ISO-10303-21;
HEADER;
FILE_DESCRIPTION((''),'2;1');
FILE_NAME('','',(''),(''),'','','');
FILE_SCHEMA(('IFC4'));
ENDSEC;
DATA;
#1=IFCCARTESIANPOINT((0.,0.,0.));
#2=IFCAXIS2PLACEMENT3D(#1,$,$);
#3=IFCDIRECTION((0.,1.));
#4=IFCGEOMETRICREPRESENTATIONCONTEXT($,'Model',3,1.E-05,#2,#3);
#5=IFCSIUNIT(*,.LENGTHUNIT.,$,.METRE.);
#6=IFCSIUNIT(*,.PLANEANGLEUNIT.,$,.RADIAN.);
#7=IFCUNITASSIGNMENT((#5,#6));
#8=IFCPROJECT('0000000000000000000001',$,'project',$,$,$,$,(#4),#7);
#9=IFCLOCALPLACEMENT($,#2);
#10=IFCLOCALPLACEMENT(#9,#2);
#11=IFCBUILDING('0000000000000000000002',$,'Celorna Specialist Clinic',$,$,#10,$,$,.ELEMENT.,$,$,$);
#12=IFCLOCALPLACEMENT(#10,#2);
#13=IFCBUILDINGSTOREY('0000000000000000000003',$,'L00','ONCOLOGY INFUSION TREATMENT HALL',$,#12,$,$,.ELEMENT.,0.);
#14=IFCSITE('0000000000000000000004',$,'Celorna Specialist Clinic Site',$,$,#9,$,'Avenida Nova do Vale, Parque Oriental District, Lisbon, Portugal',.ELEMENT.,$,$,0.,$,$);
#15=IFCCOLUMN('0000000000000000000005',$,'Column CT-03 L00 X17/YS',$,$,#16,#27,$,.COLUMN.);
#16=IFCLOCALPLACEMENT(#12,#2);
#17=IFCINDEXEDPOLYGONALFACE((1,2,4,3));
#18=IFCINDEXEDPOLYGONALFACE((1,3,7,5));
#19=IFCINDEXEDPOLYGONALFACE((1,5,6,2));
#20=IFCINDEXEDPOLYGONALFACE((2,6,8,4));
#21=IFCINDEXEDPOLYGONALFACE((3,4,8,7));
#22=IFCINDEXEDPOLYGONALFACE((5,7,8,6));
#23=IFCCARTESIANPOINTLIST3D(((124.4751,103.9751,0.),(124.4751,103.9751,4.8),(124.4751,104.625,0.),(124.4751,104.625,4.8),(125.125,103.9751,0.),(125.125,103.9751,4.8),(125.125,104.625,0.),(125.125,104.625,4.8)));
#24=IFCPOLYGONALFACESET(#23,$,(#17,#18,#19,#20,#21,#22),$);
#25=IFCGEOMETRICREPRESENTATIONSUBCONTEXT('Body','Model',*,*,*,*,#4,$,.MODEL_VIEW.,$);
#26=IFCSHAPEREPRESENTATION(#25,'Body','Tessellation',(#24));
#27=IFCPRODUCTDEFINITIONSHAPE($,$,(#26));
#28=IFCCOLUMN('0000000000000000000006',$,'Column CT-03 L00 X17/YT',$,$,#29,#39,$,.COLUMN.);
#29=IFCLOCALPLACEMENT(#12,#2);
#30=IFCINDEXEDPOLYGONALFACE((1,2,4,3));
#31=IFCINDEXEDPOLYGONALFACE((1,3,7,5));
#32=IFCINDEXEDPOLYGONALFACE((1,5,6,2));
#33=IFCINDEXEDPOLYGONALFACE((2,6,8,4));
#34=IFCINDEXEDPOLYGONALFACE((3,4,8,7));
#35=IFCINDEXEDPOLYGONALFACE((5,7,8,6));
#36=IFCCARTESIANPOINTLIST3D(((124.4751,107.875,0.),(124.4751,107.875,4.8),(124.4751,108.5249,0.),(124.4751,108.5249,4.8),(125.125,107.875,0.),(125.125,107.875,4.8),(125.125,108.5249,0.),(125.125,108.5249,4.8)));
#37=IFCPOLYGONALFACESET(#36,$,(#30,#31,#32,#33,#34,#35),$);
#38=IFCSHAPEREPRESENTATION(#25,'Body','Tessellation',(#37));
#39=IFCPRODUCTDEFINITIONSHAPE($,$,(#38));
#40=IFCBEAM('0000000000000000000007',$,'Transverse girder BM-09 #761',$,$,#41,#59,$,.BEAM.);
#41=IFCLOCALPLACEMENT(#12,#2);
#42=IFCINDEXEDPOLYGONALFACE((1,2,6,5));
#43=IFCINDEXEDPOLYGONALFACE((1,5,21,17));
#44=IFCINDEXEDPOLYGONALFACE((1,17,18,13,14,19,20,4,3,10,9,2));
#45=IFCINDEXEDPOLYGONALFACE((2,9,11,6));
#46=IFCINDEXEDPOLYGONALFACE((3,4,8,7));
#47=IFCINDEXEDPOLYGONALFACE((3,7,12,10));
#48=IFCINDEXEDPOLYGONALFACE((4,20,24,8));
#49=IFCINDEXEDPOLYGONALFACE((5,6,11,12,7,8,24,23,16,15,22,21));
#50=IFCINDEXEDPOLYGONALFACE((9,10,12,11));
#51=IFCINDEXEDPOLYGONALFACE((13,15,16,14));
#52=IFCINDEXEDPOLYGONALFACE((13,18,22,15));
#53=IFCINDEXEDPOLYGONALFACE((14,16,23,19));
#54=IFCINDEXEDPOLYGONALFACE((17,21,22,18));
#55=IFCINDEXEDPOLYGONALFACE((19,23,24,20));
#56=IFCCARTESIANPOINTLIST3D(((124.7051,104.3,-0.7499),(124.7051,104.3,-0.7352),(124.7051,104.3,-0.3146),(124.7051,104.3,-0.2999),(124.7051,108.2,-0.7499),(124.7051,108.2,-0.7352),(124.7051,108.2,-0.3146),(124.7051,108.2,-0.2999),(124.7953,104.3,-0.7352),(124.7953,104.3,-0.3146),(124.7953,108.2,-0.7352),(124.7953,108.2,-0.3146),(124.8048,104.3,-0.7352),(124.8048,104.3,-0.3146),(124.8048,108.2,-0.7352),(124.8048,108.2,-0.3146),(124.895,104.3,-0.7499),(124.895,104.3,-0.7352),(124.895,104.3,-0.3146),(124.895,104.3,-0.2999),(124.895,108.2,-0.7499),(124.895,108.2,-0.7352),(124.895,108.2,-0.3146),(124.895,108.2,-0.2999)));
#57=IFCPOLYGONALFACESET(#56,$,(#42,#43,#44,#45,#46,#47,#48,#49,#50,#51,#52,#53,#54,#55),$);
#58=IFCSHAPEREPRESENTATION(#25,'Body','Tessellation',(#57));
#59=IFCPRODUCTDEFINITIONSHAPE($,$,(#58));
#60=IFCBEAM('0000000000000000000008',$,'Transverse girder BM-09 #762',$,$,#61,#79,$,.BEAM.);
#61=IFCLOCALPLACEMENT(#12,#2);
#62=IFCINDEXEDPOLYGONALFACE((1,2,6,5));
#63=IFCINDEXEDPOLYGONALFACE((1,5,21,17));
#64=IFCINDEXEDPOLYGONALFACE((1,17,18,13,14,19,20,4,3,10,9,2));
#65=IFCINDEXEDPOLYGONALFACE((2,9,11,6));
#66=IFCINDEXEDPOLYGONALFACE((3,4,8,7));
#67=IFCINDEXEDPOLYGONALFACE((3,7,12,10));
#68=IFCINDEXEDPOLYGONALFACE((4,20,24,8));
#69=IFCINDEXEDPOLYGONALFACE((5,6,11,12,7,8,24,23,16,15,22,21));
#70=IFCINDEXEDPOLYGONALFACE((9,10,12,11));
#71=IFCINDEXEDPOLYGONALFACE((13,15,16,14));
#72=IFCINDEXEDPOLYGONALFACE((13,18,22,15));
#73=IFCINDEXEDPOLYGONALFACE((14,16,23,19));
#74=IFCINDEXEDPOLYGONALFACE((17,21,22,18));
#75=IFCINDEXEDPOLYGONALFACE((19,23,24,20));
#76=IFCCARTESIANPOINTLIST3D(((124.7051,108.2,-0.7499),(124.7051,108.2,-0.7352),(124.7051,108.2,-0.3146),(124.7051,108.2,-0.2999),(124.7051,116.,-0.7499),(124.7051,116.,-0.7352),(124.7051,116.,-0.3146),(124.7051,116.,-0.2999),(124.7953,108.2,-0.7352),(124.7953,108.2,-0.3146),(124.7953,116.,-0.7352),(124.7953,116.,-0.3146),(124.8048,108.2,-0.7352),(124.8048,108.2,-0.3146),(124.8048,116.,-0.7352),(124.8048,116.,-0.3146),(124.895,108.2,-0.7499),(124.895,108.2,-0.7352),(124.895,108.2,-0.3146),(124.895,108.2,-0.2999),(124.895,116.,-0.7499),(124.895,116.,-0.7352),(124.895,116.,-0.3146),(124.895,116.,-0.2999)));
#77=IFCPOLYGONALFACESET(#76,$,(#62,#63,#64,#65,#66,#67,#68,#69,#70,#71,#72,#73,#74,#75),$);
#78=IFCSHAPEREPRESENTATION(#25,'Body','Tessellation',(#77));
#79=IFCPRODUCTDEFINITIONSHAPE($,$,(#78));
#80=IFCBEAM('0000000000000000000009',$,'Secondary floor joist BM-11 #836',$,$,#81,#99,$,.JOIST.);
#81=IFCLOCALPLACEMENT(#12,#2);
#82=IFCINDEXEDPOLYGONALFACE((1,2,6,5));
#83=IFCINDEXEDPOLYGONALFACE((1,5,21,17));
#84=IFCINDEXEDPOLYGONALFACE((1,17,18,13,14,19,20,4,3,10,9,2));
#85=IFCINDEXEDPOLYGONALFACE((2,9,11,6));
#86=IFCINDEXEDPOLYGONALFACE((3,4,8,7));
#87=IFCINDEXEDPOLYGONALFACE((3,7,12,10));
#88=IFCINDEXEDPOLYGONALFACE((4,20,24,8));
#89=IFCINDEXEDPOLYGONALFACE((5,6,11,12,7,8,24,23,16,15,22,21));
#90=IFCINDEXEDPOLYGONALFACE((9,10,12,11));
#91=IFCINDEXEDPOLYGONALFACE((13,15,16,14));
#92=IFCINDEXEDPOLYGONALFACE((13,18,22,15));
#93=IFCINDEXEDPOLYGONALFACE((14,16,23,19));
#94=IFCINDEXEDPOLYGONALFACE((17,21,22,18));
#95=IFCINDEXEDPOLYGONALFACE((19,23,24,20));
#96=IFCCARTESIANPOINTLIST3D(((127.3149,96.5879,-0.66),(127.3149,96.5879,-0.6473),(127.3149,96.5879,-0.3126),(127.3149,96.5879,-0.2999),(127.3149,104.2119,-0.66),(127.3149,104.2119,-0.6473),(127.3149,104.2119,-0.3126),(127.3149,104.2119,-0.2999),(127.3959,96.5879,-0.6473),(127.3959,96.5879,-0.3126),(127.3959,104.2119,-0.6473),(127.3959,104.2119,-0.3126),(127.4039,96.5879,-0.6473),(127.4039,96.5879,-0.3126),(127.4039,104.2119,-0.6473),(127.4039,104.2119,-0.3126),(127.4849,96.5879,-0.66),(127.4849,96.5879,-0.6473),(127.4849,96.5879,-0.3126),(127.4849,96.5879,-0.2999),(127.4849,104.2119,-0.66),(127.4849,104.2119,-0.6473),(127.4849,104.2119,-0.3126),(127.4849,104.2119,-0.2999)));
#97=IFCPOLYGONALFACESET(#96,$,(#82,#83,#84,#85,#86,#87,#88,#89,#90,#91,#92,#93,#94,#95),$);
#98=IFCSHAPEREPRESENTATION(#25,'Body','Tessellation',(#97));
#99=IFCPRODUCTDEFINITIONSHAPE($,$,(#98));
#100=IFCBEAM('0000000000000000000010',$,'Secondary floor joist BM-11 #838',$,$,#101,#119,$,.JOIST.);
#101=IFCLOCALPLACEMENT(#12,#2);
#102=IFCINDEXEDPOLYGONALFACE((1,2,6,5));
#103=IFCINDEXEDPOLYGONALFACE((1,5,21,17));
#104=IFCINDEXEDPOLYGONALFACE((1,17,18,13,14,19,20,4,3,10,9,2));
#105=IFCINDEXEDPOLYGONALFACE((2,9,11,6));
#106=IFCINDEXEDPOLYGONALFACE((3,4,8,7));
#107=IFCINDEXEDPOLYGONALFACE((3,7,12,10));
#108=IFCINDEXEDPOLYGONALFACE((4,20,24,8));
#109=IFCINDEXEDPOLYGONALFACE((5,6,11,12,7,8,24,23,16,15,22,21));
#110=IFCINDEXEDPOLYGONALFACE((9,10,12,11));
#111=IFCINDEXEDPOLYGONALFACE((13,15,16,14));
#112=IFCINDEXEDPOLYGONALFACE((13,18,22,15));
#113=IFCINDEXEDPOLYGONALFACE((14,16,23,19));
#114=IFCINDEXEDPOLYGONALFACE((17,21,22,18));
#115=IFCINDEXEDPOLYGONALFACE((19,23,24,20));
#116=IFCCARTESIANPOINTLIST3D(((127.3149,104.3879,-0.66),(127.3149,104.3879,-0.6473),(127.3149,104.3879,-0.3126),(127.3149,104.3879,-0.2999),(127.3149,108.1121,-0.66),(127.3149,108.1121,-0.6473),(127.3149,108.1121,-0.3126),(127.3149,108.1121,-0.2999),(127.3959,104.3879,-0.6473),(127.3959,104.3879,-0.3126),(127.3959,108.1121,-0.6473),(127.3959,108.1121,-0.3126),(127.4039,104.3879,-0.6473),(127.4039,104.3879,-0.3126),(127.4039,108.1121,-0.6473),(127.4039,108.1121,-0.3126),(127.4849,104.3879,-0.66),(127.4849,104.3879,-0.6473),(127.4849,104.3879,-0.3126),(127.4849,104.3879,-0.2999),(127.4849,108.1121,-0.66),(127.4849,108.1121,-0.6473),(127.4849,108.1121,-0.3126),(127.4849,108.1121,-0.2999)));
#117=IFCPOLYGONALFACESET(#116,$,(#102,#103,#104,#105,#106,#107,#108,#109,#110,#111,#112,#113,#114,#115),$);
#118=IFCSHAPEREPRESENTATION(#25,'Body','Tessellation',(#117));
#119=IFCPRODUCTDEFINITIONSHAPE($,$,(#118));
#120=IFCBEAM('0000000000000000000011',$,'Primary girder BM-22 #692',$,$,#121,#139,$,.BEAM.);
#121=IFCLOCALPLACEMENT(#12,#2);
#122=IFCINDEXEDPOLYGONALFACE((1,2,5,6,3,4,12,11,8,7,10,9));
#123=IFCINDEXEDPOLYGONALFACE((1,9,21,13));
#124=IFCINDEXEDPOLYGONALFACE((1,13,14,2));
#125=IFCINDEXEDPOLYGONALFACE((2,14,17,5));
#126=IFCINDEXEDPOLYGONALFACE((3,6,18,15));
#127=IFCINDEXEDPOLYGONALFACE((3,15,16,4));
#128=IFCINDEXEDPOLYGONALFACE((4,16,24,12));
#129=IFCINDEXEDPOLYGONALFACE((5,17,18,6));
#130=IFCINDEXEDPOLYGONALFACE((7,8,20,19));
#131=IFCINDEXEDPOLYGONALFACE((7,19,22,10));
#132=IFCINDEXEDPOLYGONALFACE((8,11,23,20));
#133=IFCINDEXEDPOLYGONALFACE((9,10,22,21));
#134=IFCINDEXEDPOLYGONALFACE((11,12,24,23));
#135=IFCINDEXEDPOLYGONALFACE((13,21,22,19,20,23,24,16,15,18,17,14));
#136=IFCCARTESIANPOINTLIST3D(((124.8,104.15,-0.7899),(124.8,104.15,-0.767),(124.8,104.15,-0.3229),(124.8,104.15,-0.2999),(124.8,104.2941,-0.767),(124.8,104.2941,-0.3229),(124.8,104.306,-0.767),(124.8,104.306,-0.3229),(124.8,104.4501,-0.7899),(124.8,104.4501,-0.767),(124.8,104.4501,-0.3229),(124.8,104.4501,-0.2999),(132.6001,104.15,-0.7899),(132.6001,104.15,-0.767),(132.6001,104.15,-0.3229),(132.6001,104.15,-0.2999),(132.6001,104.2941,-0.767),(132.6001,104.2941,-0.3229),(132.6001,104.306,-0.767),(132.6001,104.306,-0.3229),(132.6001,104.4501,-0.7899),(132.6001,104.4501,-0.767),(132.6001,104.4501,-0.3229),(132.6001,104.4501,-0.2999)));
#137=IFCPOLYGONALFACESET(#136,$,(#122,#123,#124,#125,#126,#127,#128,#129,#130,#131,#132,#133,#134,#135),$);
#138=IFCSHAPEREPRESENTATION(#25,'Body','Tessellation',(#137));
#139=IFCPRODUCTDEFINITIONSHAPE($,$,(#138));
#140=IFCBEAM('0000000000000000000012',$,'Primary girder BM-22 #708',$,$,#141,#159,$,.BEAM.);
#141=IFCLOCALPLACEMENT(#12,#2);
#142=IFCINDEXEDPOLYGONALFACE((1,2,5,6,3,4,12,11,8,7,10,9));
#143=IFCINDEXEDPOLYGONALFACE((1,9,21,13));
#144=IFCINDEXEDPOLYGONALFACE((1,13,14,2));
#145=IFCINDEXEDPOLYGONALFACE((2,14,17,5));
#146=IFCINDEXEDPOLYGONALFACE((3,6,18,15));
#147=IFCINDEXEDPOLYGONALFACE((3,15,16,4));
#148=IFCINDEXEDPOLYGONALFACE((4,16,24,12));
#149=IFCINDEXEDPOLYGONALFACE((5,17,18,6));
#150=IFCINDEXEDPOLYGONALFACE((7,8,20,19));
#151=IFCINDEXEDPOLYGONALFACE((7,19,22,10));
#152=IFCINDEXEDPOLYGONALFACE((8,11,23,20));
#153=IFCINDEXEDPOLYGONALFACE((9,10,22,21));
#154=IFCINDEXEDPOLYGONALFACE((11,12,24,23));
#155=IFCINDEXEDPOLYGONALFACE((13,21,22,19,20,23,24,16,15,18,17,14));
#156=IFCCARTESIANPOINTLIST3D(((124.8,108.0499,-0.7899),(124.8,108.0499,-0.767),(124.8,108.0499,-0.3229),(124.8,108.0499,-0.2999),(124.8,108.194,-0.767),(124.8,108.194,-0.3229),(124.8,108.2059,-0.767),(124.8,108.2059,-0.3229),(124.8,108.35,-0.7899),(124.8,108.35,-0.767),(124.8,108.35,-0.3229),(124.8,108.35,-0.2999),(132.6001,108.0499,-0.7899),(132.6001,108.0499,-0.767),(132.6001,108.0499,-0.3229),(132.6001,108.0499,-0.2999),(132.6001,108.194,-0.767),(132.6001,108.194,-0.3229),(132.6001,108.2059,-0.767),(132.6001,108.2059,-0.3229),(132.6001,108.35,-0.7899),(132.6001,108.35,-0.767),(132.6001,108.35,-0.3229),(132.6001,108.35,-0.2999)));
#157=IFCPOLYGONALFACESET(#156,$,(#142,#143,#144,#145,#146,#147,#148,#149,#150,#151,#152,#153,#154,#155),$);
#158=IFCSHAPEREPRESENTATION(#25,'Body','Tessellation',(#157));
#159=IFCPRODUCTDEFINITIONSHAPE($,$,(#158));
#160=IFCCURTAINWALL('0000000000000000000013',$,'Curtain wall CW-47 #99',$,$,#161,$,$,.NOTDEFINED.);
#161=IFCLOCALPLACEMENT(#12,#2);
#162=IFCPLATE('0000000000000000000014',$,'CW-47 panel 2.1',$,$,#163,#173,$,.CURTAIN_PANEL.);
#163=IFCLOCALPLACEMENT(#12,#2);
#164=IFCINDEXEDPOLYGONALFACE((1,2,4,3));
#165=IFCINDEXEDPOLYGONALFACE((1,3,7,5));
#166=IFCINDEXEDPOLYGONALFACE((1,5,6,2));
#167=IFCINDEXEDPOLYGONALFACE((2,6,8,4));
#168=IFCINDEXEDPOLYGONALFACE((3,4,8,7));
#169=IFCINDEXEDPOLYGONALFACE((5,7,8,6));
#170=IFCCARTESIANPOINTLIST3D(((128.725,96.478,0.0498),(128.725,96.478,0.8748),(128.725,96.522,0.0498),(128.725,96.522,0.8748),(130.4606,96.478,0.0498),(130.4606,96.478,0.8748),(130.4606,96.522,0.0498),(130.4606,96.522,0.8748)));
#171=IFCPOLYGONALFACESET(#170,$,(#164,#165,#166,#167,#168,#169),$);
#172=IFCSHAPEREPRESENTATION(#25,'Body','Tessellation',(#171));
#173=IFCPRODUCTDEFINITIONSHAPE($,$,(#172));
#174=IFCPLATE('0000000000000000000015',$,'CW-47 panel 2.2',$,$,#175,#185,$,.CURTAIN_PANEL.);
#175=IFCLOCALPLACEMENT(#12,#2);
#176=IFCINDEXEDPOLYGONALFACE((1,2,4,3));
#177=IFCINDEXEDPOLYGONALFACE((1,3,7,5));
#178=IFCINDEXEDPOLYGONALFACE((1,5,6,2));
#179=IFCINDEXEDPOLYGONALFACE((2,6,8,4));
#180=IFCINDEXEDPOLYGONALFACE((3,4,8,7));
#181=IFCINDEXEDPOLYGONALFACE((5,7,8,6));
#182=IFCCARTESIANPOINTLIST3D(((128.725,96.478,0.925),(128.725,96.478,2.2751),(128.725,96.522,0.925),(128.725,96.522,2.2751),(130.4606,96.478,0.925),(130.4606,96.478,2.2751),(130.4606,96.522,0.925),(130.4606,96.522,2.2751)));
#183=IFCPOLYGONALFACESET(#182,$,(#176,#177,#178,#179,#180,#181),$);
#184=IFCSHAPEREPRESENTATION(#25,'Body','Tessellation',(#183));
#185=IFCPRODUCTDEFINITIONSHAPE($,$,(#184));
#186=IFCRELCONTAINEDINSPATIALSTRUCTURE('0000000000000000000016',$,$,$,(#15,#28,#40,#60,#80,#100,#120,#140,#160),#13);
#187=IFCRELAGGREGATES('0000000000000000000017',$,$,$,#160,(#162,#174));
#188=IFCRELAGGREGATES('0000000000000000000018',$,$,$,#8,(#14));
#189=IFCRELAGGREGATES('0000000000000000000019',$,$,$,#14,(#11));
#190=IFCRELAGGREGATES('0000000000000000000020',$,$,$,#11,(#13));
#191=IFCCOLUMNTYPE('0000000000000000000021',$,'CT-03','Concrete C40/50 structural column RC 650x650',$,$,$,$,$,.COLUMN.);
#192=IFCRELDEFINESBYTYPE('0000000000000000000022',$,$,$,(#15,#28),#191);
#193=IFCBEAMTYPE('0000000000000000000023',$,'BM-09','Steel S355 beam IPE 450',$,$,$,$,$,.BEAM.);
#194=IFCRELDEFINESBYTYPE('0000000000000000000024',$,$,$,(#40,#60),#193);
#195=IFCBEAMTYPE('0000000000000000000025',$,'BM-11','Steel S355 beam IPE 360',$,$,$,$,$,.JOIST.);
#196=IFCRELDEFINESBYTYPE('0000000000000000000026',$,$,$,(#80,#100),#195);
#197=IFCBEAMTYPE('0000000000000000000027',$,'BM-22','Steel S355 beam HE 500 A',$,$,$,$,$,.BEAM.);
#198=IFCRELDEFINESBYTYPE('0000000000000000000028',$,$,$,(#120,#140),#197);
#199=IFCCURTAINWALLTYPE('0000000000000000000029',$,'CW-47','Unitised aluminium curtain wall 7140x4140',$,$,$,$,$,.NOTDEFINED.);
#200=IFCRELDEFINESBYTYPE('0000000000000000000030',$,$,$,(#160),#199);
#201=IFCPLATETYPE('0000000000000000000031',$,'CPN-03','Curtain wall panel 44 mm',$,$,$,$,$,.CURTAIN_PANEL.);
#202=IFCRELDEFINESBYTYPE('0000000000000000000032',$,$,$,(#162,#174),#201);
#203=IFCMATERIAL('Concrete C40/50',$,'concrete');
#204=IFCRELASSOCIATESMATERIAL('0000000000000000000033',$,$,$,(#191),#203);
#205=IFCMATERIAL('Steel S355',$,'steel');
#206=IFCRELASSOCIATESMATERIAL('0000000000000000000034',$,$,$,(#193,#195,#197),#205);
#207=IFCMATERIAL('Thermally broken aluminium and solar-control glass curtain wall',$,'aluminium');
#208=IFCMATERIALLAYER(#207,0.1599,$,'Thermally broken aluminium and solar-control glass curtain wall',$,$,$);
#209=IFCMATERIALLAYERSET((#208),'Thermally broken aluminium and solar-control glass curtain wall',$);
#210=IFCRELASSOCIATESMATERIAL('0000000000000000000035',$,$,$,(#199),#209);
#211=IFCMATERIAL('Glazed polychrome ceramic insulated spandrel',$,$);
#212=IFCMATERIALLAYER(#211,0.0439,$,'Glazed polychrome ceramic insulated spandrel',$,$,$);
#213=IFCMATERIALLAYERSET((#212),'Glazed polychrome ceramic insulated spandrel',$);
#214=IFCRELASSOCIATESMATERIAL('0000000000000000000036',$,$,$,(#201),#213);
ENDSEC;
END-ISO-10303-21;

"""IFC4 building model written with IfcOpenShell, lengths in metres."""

from ifc_helpers import new_model, si_unit, direction, frame, origin, origin_2d, place, context, subcontext, project, spatial, rectangle, i_section, extrude, material, layer, layer_set, material_profile, profile_set, type_object, element, aggregate, save


model = new_model("IFC4")

# Units and contexts
model_context = context("Model", 3, precision=1e-05, world=origin(), true_north=direction((0.0, 1.0)))
body_context = subcontext(model_context, "Body", "Model", "MODEL_VIEW")
ifc_project = project(units=[si_unit("LENGTHUNIT", "METRE"), si_unit("PLANEANGLEUNIT", "RADIAN")], contexts=[model_context])

# Site, building, storey
site_placement = place(None, origin())
site = spatial("IfcSite", under=ifc_project, at=site_placement, Name="Celorna Specialist Clinic Site", LongName="Avenida Nova do Vale, Parque Oriental District, Lisbon, Portugal", CompositionType="ELEMENT", RefElevation=0.0)
building_placement = place(site_placement, origin())
building = spatial("IfcBuilding", under=site, at=building_placement, Name="Celorna Specialist Clinic", CompositionType="ELEMENT")
storey_placement = place(building_placement, origin())
storey = spatial("IfcBuildingStorey", under=building, at=storey_placement, Name="L00", Description="ONCOLOGY INFUSION TREATMENT HALL", CompositionType="ELEMENT", Elevation=0.0)

# Columns
ifc_material_1 = material(Name="Concrete C40/50", Category="concrete")
ifc_material_profile_1 = material_profile(ifc_material_1, rectangle(XDim=0.6499, YDim=0.6499, at=origin_2d()), Name="RC 650x650")
ifc_profile_set_1 = profile_set([ifc_material_profile_1], Name="Concrete C40/50")
column_type = type_object("IfcColumnType", Name="CT-03", Description="Concrete C40/50 structural column RC 650x650", PredefinedType="COLUMN", material=ifc_profile_set_1)
for number, where, z_axis, x_axis, name in (
    (1, (124.8, 104.3, 0.0), (0.0, 0.0, 1.0), (1.0, 0.0, 0.0), "Column CT-03 L00 X17/YS"),
    (2, (124.8, 108.2, 0.0), (0.0, 0.0, 1.0), (1.0, 0.0, 0.0), "Column CT-03 L00 X17/YT"),
):
    element("IfcColumn", number, at=place(storey_placement, frame(where, z_axis=z_axis, x_axis=x_axis)), inside=storey, type_object=column_type, Name=name, PredefinedType="COLUMN", context=body_context, shape_type="SweptSolid", body=[
        extrude(rectangle(XDim=0.6499, YDim=0.6499, at=origin_2d()), origin(), (0.0, 0.0, 1.0), 4.8),
    ])

# Beams
ifc_material_2 = material(Name="Steel S355", Category="steel")
ifc_material_profile_2 = material_profile(ifc_material_2, i_section(OverallWidth=0.1899, OverallDepth=0.45, WebThickness=0.0095, FlangeThickness=0.0146, at=origin_2d()), Name="IPE 450")
ifc_profile_set_2 = profile_set([ifc_material_profile_2], Name="Steel S355")
beam_type_1 = type_object("IfcBeamType", Name="BM-09", Description="Steel S355 beam IPE 450", PredefinedType="BEAM", material=ifc_profile_set_2)
beam_1_placement = place(storey_placement, frame((124.8, 104.3, -0.5249), z_axis=(0.0, 1.0, 0.0), x_axis=(-1.0, 0.0, 0.0)))
element("IfcBeam", 3, at=beam_1_placement, inside=storey, type_object=beam_type_1, Name="Transverse girder BM-09 #761", PredefinedType="BEAM", context=body_context, shape_type="SweptSolid", body=[
    extrude(i_section(OverallWidth=0.1899, OverallDepth=0.45, WebThickness=0.0095, FlangeThickness=0.0146, at=origin_2d()), origin(), (0.0, 0.0, 1.0), 3.8999),
])
beam_2_placement = place(storey_placement, frame((124.8, 108.2, -0.5249), z_axis=(0.0, 1.0, 0.0), x_axis=(-1.0, 0.0, 0.0)))
element("IfcBeam", 4, at=beam_2_placement, inside=storey, type_object=beam_type_1, Name="Transverse girder BM-09 #762", PredefinedType="BEAM", context=body_context, shape_type="SweptSolid", body=[
    extrude(i_section(OverallWidth=0.1899, OverallDepth=0.45, WebThickness=0.0095, FlangeThickness=0.0146, at=origin_2d()), origin(), (0.0, 0.0, 1.0), 7.8),
])
ifc_material_profile_3 = material_profile(ifc_material_2, i_section(OverallWidth=0.1699, OverallDepth=0.3601, WebThickness=0.0081, FlangeThickness=0.0127, at=origin_2d()), Name="IPE 360")
ifc_profile_set_3 = profile_set([ifc_material_profile_3], Name="Steel S355")
beam_type_2 = type_object("IfcBeamType", Name="BM-11", Description="Steel S355 beam IPE 360", PredefinedType="JOIST", material=ifc_profile_set_3)
beam_3_placement = place(storey_placement, frame((127.3999, 96.5879, -0.48), z_axis=(0.0, 1.0, 0.0), x_axis=(-1.0, 0.0, 0.0)))
element("IfcBeam", 5, at=beam_3_placement, inside=storey, type_object=beam_type_2, Name="Secondary floor joist BM-11 #836", PredefinedType="JOIST", context=body_context, shape_type="SweptSolid", body=[
    extrude(i_section(OverallWidth=0.1699, OverallDepth=0.3601, WebThickness=0.0081, FlangeThickness=0.0127, at=origin_2d()), origin(), (0.0, 0.0, 1.0), 7.624),
])
beam_4_placement = place(storey_placement, frame((127.3999, 104.3879, -0.48), z_axis=(0.0, 1.0, 0.0), x_axis=(-1.0, 0.0, 0.0)))
element("IfcBeam", 6, at=beam_4_placement, inside=storey, type_object=beam_type_2, Name="Secondary floor joist BM-11 #838", PredefinedType="JOIST", context=body_context, shape_type="SweptSolid", body=[
    extrude(i_section(OverallWidth=0.1699, OverallDepth=0.3601, WebThickness=0.0081, FlangeThickness=0.0127, at=origin_2d()), origin(), (0.0, 0.0, 1.0), 3.7241),
])
ifc_material_profile_4 = material_profile(ifc_material_2, i_section(OverallWidth=0.3, OverallDepth=0.49, WebThickness=0.012, FlangeThickness=0.0229, at=origin_2d()), Name="HE 500 A")
ifc_profile_set_4 = profile_set([ifc_material_profile_4], Name="Steel S355")
beam_type_3 = type_object("IfcBeamType", Name="BM-22", Description="Steel S355 beam HE 500 A", PredefinedType="BEAM", material=ifc_profile_set_4)
for number, where, z_axis, x_axis, name in (
    (7, (124.8, 104.3, -0.5449), (1.0, 0.0, 0.0), (0.0, 1.0, 0.0), "Primary girder BM-22 #692"),
    (8, (124.8, 108.2, -0.5449), (1.0, 0.0, 0.0), (0.0, 1.0, 0.0), "Primary girder BM-22 #708"),
):
    element("IfcBeam", number, at=place(storey_placement, frame(where, z_axis=z_axis, x_axis=x_axis)), inside=storey, type_object=beam_type_3, Name=name, PredefinedType="BEAM", context=body_context, shape_type="SweptSolid", body=[
        extrude(i_section(OverallWidth=0.3, OverallDepth=0.49, WebThickness=0.012, FlangeThickness=0.0229, at=origin_2d()), origin(), (0.0, 0.0, 1.0), 7.8),
    ])

# Curtain wall, plates
ifc_material_3 = material(Name="Thermally broken aluminium and solar-control glass curtain wall", Category="aluminium")
ifc_layer_1 = layer(ifc_material_3, 0.1599, Name="Thermally broken aluminium and solar-control glass curtain wall")
ifc_layer_set_1 = layer_set([ifc_layer_1], Name="Thermally broken aluminium and solar-control glass curtain wall")
curtain_wall_type = type_object("IfcCurtainWallType", Name="CW-47", Description="Unitised aluminium curtain wall 7140x4140", PredefinedType="NOTDEFINED", material=ifc_layer_set_1)
curtain_wall_placement = place(storey_placement, origin())
curtain_wall = element("IfcCurtainWall", 9, at=curtain_wall_placement, inside=storey, type_object=curtain_wall_type, Name="Curtain wall CW-47 #99", PredefinedType="NOTDEFINED")
ifc_material_4 = material(Name="Glazed polychrome ceramic insulated spandrel")
ifc_layer_2 = layer(ifc_material_4, 0.0439, Name="Glazed polychrome ceramic insulated spandrel")
ifc_layer_set_2 = layer_set([ifc_layer_2], Name="Glazed polychrome ceramic insulated spandrel")
plate_type = type_object("IfcPlateType", Name="CPN-03", Description="Curtain wall panel 44 mm", PredefinedType="CURTAIN_PANEL", material=ifc_layer_set_2)
plate_1_placement = place(storey_placement, frame((129.5928, 96.5, 0.0498), z_axis=(0.0, 0.0, 1.0), x_axis=(-1.0, 0.0, 0.0)))
plate_1 = element("IfcPlate", 10, at=plate_1_placement, type_object=plate_type, Name="CW-47 panel 2.1", PredefinedType="CURTAIN_PANEL", context=body_context, shape_type="SweptSolid", body=[
    extrude(rectangle(XDim=1.7356, YDim=0.0439, at=origin_2d()), origin(), (0.0, 0.0, 1.0), 0.825),
])
plate_2_placement = place(storey_placement, frame((129.5928, 96.5, 0.925), z_axis=(0.0, 0.0, 1.0), x_axis=(-1.0, 0.0, 0.0)))
plate_2 = element("IfcPlate", 11, at=plate_2_placement, type_object=plate_type, Name="CW-47 panel 2.2", PredefinedType="CURTAIN_PANEL", context=body_context, shape_type="SweptSolid", body=[
    extrude(rectangle(XDim=1.7356, YDim=0.0439, at=origin_2d()), origin(), (0.0, 0.0, 1.0), 1.3501),
])
aggregate(curtain_wall, [plate_1, plate_2])

save(model, "model.ifc")
